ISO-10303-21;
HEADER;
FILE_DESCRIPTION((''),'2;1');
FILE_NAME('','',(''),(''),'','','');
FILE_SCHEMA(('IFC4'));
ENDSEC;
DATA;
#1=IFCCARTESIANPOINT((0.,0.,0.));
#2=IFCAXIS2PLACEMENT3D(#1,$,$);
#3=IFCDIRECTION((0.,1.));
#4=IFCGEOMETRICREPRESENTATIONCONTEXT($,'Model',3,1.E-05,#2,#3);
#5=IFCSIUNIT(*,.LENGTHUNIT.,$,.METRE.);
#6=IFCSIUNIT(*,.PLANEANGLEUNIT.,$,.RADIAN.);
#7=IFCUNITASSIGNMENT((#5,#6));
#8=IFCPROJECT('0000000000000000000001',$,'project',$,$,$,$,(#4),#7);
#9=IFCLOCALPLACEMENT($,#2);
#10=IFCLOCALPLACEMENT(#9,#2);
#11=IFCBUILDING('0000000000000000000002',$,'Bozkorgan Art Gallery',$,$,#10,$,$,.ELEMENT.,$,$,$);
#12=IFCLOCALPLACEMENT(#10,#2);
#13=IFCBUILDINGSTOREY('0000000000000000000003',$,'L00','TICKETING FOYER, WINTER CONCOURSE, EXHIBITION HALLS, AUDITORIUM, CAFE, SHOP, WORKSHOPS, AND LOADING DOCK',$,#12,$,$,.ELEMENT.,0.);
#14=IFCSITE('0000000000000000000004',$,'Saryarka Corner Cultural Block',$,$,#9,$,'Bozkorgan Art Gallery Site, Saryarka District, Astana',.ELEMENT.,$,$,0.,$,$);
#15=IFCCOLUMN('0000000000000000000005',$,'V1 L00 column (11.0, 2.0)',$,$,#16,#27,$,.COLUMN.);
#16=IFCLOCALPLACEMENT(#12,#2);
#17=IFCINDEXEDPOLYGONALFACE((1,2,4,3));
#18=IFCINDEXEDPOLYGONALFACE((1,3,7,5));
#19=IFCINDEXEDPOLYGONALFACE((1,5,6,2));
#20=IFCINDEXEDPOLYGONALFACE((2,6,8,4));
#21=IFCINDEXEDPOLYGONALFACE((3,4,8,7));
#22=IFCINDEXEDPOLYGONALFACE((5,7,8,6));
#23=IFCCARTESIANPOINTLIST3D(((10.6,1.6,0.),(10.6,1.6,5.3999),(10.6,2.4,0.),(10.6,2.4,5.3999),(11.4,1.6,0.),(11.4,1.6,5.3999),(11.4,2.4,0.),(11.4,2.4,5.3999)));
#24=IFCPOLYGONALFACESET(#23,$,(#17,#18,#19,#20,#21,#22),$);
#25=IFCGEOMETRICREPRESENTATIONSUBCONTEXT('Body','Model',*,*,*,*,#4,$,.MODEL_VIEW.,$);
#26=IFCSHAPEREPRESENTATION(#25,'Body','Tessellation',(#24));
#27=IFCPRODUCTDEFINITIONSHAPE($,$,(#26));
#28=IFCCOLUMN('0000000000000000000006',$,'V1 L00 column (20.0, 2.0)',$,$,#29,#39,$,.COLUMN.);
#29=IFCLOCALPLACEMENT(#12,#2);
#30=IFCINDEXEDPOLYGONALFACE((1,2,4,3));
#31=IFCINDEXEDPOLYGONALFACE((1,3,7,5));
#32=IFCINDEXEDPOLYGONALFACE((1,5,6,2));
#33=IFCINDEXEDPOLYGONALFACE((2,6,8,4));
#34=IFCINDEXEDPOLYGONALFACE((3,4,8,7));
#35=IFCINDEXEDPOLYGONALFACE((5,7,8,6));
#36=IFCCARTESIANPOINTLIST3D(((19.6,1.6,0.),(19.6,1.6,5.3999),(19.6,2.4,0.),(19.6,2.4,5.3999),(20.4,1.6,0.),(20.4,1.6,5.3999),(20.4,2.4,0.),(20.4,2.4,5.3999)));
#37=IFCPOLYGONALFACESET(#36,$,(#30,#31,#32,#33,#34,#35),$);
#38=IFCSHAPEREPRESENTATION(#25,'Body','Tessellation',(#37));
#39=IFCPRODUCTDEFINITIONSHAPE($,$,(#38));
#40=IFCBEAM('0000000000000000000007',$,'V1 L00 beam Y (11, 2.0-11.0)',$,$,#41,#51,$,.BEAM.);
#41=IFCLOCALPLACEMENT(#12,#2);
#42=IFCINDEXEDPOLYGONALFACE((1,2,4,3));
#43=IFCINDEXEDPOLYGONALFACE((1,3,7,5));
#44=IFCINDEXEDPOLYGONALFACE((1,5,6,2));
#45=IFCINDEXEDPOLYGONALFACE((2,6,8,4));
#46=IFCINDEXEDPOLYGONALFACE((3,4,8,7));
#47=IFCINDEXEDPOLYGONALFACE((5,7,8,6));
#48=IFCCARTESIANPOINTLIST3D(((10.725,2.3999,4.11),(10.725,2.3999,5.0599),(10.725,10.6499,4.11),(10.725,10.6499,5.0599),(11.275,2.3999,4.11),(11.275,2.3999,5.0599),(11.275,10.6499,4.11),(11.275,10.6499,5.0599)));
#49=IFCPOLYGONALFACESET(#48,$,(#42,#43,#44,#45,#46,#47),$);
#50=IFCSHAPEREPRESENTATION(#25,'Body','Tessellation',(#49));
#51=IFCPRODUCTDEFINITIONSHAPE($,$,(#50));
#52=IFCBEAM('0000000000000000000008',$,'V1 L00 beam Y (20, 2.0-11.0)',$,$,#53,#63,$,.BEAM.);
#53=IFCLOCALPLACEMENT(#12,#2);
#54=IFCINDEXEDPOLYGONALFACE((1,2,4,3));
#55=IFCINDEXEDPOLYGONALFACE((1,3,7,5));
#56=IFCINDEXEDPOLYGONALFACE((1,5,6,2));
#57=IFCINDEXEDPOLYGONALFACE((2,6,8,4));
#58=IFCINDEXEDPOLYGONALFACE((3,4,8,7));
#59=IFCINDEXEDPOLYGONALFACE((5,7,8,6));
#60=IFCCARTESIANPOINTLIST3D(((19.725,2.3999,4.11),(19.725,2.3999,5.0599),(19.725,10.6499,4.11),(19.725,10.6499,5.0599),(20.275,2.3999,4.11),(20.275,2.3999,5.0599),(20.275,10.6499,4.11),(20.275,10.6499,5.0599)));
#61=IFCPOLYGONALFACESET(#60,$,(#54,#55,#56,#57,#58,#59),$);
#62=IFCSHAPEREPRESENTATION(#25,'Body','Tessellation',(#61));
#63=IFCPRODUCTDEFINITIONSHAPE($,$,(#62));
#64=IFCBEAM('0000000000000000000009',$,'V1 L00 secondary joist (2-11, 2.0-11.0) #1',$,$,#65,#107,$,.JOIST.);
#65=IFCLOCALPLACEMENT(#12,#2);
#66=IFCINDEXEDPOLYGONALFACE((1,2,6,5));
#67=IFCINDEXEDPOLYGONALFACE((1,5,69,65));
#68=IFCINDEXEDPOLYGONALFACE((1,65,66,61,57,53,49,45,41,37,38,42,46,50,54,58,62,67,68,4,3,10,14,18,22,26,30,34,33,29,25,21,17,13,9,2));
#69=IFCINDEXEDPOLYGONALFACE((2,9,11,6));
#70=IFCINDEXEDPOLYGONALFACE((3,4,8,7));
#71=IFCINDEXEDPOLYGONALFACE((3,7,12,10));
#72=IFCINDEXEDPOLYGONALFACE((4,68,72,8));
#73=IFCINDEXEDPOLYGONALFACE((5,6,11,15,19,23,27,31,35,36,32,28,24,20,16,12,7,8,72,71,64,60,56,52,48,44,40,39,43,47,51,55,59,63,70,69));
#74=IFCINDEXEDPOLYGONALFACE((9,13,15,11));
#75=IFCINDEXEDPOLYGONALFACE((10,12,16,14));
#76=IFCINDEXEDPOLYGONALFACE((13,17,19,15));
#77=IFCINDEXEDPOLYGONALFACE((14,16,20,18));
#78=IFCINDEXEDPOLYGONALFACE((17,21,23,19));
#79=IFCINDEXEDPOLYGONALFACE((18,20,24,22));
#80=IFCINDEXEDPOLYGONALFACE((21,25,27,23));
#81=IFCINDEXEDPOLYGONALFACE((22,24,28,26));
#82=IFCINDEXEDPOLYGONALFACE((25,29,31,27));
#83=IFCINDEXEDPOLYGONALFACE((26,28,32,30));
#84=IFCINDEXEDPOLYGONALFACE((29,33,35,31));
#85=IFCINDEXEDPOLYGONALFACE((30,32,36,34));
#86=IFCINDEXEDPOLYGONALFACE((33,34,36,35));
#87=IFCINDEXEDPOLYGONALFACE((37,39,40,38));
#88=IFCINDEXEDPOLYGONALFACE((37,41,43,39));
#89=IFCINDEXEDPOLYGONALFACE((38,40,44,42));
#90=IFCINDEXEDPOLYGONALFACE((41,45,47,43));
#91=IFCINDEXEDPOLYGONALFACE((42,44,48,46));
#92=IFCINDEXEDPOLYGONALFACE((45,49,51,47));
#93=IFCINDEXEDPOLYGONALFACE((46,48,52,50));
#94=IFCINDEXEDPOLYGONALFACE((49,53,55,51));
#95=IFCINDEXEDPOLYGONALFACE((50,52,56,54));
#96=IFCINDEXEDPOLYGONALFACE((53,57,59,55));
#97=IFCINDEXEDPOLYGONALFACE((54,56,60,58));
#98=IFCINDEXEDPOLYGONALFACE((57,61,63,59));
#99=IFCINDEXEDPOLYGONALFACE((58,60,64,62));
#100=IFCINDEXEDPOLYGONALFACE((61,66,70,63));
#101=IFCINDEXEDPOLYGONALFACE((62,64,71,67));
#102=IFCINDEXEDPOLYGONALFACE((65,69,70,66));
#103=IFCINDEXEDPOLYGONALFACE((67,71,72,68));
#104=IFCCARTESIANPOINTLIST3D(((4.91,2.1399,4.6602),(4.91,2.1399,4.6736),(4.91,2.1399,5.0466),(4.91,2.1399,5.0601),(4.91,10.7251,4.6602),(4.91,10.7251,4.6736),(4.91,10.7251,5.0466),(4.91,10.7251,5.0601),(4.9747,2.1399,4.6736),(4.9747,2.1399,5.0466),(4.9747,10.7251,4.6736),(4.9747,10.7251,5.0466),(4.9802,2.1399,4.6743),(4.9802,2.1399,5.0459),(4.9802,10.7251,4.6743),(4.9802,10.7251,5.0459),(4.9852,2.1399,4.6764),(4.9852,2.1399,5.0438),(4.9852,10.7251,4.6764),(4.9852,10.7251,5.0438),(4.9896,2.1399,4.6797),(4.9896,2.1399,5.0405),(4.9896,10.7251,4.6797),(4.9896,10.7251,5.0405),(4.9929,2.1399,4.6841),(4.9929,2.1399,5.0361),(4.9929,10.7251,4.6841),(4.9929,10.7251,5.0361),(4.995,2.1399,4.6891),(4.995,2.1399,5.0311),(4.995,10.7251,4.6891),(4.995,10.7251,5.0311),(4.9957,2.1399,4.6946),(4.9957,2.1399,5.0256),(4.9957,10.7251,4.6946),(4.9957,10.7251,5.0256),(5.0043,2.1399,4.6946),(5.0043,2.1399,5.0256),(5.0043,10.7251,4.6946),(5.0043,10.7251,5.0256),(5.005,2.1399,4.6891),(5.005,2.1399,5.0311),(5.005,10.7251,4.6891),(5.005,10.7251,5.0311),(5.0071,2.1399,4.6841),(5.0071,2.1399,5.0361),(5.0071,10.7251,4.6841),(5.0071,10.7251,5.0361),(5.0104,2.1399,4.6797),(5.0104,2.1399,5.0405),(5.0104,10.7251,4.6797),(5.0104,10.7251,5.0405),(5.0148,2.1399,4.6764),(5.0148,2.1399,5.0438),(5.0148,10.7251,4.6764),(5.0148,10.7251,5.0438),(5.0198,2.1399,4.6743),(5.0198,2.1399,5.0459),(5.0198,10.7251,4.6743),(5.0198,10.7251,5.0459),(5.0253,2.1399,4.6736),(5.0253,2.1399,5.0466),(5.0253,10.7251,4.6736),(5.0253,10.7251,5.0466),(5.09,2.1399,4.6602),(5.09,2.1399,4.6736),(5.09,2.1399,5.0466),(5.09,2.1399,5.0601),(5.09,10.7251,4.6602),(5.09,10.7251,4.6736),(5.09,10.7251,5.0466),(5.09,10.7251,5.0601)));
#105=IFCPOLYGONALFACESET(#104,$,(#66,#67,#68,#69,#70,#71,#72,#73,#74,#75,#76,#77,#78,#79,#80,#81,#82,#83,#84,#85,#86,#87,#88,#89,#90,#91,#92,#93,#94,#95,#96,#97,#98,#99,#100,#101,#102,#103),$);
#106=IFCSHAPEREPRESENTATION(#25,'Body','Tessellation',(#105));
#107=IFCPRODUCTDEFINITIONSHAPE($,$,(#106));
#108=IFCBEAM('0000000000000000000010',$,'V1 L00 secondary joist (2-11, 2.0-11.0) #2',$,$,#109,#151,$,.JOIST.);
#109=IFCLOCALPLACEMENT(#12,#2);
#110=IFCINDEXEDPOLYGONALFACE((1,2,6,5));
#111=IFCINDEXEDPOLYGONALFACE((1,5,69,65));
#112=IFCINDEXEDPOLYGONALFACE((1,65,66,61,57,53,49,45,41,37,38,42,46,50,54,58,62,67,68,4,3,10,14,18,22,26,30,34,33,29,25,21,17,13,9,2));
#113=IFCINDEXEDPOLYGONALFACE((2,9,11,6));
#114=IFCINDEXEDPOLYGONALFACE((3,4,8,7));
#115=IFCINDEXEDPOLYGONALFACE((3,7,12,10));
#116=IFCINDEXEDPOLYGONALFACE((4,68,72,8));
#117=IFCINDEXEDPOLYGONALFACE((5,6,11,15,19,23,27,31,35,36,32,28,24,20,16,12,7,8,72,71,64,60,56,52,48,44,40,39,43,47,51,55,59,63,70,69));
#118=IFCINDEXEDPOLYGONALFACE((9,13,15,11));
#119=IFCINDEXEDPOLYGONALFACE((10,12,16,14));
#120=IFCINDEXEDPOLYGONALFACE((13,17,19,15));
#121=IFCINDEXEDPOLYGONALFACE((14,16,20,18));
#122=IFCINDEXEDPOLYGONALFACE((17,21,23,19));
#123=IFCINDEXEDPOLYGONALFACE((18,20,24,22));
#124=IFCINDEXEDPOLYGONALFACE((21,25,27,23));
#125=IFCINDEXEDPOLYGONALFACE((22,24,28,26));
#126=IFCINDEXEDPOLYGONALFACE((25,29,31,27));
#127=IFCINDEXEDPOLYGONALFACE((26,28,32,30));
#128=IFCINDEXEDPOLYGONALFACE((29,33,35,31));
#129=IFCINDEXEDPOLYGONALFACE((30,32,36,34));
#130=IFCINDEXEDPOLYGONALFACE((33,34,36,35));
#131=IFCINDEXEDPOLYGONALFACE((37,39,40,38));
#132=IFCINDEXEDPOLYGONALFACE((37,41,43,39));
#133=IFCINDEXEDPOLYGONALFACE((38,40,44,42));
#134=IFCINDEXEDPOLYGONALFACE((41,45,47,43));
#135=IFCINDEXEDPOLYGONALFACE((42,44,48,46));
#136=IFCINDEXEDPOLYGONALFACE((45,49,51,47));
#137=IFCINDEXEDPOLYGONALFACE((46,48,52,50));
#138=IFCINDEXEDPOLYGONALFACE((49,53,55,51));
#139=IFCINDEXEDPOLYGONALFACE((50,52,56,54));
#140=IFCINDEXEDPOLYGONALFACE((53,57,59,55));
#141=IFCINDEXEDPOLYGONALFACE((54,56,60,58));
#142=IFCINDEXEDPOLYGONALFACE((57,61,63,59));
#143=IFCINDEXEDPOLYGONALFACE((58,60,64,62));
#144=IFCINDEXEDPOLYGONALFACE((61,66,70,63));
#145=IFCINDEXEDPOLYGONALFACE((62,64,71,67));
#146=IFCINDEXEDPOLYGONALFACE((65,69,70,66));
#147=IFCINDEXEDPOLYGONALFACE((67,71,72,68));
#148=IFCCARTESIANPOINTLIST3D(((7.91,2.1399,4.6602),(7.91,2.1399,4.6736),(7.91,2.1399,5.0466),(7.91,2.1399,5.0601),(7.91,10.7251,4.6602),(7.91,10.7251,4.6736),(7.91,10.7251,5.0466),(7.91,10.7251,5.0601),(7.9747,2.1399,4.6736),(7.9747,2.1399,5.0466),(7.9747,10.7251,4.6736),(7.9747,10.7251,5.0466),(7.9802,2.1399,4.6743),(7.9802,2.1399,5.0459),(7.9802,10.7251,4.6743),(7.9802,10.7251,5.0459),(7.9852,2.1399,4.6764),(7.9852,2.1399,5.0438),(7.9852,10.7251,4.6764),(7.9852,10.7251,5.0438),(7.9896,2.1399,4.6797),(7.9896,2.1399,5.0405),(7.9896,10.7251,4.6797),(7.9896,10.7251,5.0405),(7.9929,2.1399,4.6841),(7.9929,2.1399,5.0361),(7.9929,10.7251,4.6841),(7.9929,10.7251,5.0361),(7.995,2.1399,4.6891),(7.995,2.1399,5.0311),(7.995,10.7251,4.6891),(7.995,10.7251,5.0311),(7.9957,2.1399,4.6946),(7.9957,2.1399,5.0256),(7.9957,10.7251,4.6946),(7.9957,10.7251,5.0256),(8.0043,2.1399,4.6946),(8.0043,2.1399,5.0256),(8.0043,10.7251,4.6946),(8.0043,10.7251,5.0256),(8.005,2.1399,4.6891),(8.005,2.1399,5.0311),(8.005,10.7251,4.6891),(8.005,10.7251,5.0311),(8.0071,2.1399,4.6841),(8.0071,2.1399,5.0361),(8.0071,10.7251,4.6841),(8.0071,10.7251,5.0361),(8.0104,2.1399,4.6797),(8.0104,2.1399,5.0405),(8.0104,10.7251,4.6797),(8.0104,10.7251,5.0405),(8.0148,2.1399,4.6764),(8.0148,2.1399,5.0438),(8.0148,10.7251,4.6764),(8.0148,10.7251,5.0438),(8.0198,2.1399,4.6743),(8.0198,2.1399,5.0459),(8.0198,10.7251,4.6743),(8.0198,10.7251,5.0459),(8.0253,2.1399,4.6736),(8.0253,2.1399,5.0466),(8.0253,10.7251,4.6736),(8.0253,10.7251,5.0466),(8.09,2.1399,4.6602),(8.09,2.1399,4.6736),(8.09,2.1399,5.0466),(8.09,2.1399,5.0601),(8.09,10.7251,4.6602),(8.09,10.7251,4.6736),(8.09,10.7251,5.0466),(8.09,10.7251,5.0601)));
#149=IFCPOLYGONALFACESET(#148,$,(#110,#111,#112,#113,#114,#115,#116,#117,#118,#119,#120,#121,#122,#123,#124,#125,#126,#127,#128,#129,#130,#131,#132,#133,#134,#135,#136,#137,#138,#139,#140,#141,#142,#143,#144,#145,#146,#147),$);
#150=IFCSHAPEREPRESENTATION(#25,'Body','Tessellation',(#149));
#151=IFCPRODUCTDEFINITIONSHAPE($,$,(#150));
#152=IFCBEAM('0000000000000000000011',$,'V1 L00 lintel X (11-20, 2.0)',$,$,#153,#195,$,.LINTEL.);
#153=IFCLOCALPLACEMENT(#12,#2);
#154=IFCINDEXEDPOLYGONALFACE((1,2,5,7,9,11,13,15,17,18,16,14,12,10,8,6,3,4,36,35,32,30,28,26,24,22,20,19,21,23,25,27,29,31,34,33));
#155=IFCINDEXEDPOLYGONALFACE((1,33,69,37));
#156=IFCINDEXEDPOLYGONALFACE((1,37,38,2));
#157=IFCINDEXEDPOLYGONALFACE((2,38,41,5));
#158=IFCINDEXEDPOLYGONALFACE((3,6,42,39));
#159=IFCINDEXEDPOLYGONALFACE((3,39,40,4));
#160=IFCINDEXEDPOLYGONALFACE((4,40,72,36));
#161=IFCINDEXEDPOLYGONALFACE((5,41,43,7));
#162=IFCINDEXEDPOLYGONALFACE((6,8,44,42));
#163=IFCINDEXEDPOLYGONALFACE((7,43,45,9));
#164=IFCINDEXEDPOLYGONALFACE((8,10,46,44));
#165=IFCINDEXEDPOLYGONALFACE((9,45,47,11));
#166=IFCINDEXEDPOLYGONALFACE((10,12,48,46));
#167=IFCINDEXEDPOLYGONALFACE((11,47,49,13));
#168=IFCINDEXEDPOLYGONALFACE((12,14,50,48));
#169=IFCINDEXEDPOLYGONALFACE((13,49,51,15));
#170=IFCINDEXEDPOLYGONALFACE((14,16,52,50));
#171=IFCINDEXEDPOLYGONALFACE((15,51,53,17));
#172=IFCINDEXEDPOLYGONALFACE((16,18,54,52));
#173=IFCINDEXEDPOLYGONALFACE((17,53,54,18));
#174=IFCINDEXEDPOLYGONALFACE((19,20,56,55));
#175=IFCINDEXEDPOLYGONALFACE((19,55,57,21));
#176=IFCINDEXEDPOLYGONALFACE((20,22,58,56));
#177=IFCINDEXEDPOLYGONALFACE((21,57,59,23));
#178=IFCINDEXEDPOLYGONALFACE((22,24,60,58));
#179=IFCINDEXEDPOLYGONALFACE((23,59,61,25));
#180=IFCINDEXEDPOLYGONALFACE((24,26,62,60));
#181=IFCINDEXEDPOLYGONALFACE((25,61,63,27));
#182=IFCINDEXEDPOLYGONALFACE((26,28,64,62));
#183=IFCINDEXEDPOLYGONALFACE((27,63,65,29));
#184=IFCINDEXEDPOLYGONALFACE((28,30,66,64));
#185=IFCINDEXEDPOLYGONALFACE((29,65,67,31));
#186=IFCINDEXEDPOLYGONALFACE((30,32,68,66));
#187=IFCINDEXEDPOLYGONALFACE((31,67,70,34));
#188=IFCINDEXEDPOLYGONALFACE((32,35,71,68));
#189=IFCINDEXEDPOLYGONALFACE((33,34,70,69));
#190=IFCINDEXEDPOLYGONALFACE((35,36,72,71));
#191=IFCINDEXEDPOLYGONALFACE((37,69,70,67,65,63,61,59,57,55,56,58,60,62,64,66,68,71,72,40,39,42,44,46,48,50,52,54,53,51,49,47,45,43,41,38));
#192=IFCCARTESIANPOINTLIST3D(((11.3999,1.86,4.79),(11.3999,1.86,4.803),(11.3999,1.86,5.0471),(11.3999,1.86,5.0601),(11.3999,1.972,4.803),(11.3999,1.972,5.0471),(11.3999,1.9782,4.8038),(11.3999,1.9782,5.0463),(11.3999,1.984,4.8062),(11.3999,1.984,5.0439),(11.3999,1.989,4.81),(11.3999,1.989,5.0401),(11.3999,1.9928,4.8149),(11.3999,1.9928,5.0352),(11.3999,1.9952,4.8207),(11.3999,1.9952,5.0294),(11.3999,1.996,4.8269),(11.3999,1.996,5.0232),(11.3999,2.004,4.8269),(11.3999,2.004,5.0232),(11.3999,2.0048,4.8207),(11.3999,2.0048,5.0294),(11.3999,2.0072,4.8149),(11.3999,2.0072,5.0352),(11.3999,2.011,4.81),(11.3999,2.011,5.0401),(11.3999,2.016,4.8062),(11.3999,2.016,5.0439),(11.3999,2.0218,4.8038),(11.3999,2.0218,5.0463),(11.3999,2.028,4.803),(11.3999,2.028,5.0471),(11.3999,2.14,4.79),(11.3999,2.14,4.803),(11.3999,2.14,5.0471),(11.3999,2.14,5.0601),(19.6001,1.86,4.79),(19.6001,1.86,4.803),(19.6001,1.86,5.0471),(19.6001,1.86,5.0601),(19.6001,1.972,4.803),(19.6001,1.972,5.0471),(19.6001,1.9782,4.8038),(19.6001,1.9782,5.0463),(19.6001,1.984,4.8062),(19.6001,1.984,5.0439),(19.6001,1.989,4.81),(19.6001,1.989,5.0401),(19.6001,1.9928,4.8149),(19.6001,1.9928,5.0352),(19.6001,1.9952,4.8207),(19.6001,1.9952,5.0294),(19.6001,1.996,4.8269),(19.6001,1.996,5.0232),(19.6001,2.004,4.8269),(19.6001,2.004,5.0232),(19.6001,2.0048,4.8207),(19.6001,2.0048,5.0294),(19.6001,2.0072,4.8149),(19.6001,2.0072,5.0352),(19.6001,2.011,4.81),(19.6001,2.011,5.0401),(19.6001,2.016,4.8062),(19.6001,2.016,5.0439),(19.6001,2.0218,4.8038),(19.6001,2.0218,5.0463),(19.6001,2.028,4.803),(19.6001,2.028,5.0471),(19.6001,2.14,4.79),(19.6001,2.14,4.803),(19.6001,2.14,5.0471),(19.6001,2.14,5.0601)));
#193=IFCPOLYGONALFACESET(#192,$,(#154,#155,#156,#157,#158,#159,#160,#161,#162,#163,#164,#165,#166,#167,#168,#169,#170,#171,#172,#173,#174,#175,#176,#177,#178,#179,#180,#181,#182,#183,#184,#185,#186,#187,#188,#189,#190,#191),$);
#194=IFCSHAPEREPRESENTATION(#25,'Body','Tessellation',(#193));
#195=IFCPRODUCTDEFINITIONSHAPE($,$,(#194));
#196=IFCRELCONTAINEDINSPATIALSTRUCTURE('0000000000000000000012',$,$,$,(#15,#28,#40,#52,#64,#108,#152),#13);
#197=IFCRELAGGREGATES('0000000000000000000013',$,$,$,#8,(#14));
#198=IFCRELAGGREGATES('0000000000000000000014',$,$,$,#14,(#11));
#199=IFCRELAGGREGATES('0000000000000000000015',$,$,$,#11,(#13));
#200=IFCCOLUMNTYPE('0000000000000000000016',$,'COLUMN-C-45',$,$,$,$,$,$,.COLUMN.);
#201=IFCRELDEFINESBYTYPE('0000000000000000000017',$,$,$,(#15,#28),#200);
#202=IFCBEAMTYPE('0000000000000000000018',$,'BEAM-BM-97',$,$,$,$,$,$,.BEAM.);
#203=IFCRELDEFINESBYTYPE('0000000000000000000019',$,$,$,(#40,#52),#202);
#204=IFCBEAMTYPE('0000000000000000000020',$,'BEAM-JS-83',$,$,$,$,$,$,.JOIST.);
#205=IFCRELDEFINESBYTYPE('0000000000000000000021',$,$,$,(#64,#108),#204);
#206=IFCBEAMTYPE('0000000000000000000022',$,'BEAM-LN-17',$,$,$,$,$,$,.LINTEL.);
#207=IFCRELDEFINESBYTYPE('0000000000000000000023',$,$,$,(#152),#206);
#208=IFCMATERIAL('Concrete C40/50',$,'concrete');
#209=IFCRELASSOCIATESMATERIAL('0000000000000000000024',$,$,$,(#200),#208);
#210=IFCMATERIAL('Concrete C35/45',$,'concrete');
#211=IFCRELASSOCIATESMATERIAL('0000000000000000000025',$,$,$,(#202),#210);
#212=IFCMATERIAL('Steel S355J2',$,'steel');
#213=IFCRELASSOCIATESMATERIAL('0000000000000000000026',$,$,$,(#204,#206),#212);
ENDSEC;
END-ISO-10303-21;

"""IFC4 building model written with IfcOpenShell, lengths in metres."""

from ifc_helpers import new_model, si_unit, direction, frame, origin, origin_2d, place, context, subcontext, project, spatial, rectangle, i_section, extrude, material, material_profile, profile_set, type_object, element, save


model = new_model("IFC4")

# Units and contexts
model_context = context("Model", 3, precision=1e-05, world=origin(), true_north=direction((0.0, 1.0)))
body_context = subcontext(model_context, "Body", "Model", "MODEL_VIEW")
ifc_project = project(units=[si_unit("LENGTHUNIT", "METRE"), si_unit("PLANEANGLEUNIT", "RADIAN")], contexts=[model_context])

# Site, building, storey
site_placement = place(None, origin())
site = spatial("IfcSite", under=ifc_project, at=site_placement, Name="Saryarka Corner Cultural Block", LongName="Bozkorgan Art Gallery Site, Saryarka District, Astana", CompositionType="ELEMENT", RefElevation=0.0)
building_placement = place(site_placement, origin())
building = spatial("IfcBuilding", under=site, at=building_placement, Name="Bozkorgan Art Gallery", CompositionType="ELEMENT")
storey_placement = place(building_placement, origin())
storey = spatial("IfcBuildingStorey", under=building, at=storey_placement, Name="L00", Description="TICKETING FOYER, WINTER CONCOURSE, EXHIBITION HALLS, AUDITORIUM, CAFE, SHOP, WORKSHOPS, AND LOADING DOCK", CompositionType="ELEMENT", Elevation=0.0)

# Columns
ifc_material_1 = material(Name="Concrete C40/50", Category="concrete")
ifc_material_profile_1 = material_profile(ifc_material_1, rectangle(XDim=0.8, YDim=0.8, at=origin_2d()), Name="RC 800x800")
ifc_profile_set_1 = profile_set([ifc_material_profile_1], Name="Concrete C40/50")
column_type = type_object("IfcColumnType", Name="COLUMN-C-45", PredefinedType="COLUMN", material=ifc_profile_set_1)
for number, where, z_axis, x_axis, name in (
    (1, (11.0, 2.0, 0.0), (0.0, 0.0, 1.0), (1.0, 0.0, 0.0), "V1 L00 column (11.0, 2.0)"),
    (2, (20.0, 2.0, 0.0), (0.0, 0.0, 1.0), (1.0, 0.0, 0.0), "V1 L00 column (20.0, 2.0)"),
):
    element("IfcColumn", number, at=place(storey_placement, frame(where, z_axis=z_axis, x_axis=x_axis)), inside=storey, type_object=column_type, Name=name, PredefinedType="COLUMN", context=body_context, shape_type="SweptSolid", body=[
        extrude(rectangle(XDim=0.8, YDim=0.8, at=origin_2d()), origin(), (0.0, 0.0, 1.0), 5.3999),
    ])

# Beams
ifc_material_2 = material(Name="Concrete C35/45", Category="concrete")
ifc_material_profile_2 = material_profile(ifc_material_2, rectangle(XDim=0.55, YDim=0.95, at=origin_2d()), Name="RC 550x950")
ifc_profile_set_2 = profile_set([ifc_material_profile_2], Name="Concrete C35/45")
beam_type_1 = type_object("IfcBeamType", Name="BEAM-BM-97", PredefinedType="BEAM", material=ifc_profile_set_2)
for number, where, z_axis, x_axis, name in (
    (3, (11.0, 2.3999, 4.585), (0.0, 1.0, 0.0), (-1.0, 0.0, 0.0), "V1 L00 beam Y (11, 2.0-11.0)"),
    (4, (20.0, 2.3999, 4.585), (0.0, 1.0, 0.0), (-1.0, 0.0, 0.0), "V1 L00 beam Y (20, 2.0-11.0)"),
):
    element("IfcBeam", number, at=place(storey_placement, frame(where, z_axis=z_axis, x_axis=x_axis)), inside=storey, type_object=beam_type_1, Name=name, PredefinedType="BEAM", context=body_context, shape_type="SweptSolid", body=[
        extrude(rectangle(XDim=0.55, YDim=0.95, at=origin_2d()), origin(), (0.0, 0.0, 1.0), 8.25),
    ])
ifc_material_3 = material(Name="Steel S355J2", Category="steel")
ifc_material_profile_3 = material_profile(ifc_material_3, i_section(OverallWidth=0.1799, OverallDepth=0.3999, WebThickness=0.0085, FlangeThickness=0.0134, FilletRadius=0.021, at=origin_2d()), Name="IPE 400")
ifc_profile_set_3 = profile_set([ifc_material_profile_3], Name="Steel S355J2")
beam_type_2 = type_object("IfcBeamType", Name="BEAM-JS-83", PredefinedType="JOIST", material=ifc_profile_set_3)
for number, where, z_axis, x_axis, name in (
    (5, (5.0, 2.1399, 4.8601), (0.0, 1.0, 0.0), (-1.0, 0.0, 0.0), "V1 L00 secondary joist (2-11, 2.0-11.0) #1"),
    (6, (8.0, 2.1399, 4.8601), (0.0, 1.0, 0.0), (-1.0, 0.0, 0.0), "V1 L00 secondary joist (2-11, 2.0-11.0) #2"),
):
    element("IfcBeam", number, at=place(storey_placement, frame(where, z_axis=z_axis, x_axis=x_axis)), inside=storey, type_object=beam_type_2, Name=name, PredefinedType="JOIST", context=body_context, shape_type="SweptSolid", body=[
        extrude(i_section(OverallWidth=0.1799, OverallDepth=0.3999, WebThickness=0.0085, FlangeThickness=0.0134, FilletRadius=0.021, at=origin_2d()), origin(), (0.0, 0.0, 1.0), 8.5852),
    ])
ifc_material_profile_4 = material_profile(ifc_material_3, i_section(OverallWidth=0.28, OverallDepth=0.27, WebThickness=0.0081, FlangeThickness=0.0129, FilletRadius=0.0239, at=origin_2d()), Name="HEA 280")
ifc_profile_set_4 = profile_set([ifc_material_profile_4], Name="Steel S355J2")
beam_type_3 = type_object("IfcBeamType", Name="BEAM-LN-17", PredefinedType="LINTEL", material=ifc_profile_set_4)
for number, where, z_axis, x_axis, name in (
    (7, (11.3999, 2.0, 4.925), (1.0, 0.0, 0.0), (0.0, 1.0, 0.0), "V1 L00 lintel X (11-20, 2.0)"),
):
    element("IfcBeam", number, at=place(storey_placement, frame(where, z_axis=z_axis, x_axis=x_axis)), inside=storey, type_object=beam_type_3, Name=name, PredefinedType="LINTEL", context=body_context, shape_type="SweptSolid", body=[
        extrude(i_section(OverallWidth=0.28, OverallDepth=0.27, WebThickness=0.0081, FlangeThickness=0.0129, FilletRadius=0.0239, at=origin_2d()), origin(), (0.0, 0.0, 1.0), 8.2002),
    ])

save(model, "model.ifc")
